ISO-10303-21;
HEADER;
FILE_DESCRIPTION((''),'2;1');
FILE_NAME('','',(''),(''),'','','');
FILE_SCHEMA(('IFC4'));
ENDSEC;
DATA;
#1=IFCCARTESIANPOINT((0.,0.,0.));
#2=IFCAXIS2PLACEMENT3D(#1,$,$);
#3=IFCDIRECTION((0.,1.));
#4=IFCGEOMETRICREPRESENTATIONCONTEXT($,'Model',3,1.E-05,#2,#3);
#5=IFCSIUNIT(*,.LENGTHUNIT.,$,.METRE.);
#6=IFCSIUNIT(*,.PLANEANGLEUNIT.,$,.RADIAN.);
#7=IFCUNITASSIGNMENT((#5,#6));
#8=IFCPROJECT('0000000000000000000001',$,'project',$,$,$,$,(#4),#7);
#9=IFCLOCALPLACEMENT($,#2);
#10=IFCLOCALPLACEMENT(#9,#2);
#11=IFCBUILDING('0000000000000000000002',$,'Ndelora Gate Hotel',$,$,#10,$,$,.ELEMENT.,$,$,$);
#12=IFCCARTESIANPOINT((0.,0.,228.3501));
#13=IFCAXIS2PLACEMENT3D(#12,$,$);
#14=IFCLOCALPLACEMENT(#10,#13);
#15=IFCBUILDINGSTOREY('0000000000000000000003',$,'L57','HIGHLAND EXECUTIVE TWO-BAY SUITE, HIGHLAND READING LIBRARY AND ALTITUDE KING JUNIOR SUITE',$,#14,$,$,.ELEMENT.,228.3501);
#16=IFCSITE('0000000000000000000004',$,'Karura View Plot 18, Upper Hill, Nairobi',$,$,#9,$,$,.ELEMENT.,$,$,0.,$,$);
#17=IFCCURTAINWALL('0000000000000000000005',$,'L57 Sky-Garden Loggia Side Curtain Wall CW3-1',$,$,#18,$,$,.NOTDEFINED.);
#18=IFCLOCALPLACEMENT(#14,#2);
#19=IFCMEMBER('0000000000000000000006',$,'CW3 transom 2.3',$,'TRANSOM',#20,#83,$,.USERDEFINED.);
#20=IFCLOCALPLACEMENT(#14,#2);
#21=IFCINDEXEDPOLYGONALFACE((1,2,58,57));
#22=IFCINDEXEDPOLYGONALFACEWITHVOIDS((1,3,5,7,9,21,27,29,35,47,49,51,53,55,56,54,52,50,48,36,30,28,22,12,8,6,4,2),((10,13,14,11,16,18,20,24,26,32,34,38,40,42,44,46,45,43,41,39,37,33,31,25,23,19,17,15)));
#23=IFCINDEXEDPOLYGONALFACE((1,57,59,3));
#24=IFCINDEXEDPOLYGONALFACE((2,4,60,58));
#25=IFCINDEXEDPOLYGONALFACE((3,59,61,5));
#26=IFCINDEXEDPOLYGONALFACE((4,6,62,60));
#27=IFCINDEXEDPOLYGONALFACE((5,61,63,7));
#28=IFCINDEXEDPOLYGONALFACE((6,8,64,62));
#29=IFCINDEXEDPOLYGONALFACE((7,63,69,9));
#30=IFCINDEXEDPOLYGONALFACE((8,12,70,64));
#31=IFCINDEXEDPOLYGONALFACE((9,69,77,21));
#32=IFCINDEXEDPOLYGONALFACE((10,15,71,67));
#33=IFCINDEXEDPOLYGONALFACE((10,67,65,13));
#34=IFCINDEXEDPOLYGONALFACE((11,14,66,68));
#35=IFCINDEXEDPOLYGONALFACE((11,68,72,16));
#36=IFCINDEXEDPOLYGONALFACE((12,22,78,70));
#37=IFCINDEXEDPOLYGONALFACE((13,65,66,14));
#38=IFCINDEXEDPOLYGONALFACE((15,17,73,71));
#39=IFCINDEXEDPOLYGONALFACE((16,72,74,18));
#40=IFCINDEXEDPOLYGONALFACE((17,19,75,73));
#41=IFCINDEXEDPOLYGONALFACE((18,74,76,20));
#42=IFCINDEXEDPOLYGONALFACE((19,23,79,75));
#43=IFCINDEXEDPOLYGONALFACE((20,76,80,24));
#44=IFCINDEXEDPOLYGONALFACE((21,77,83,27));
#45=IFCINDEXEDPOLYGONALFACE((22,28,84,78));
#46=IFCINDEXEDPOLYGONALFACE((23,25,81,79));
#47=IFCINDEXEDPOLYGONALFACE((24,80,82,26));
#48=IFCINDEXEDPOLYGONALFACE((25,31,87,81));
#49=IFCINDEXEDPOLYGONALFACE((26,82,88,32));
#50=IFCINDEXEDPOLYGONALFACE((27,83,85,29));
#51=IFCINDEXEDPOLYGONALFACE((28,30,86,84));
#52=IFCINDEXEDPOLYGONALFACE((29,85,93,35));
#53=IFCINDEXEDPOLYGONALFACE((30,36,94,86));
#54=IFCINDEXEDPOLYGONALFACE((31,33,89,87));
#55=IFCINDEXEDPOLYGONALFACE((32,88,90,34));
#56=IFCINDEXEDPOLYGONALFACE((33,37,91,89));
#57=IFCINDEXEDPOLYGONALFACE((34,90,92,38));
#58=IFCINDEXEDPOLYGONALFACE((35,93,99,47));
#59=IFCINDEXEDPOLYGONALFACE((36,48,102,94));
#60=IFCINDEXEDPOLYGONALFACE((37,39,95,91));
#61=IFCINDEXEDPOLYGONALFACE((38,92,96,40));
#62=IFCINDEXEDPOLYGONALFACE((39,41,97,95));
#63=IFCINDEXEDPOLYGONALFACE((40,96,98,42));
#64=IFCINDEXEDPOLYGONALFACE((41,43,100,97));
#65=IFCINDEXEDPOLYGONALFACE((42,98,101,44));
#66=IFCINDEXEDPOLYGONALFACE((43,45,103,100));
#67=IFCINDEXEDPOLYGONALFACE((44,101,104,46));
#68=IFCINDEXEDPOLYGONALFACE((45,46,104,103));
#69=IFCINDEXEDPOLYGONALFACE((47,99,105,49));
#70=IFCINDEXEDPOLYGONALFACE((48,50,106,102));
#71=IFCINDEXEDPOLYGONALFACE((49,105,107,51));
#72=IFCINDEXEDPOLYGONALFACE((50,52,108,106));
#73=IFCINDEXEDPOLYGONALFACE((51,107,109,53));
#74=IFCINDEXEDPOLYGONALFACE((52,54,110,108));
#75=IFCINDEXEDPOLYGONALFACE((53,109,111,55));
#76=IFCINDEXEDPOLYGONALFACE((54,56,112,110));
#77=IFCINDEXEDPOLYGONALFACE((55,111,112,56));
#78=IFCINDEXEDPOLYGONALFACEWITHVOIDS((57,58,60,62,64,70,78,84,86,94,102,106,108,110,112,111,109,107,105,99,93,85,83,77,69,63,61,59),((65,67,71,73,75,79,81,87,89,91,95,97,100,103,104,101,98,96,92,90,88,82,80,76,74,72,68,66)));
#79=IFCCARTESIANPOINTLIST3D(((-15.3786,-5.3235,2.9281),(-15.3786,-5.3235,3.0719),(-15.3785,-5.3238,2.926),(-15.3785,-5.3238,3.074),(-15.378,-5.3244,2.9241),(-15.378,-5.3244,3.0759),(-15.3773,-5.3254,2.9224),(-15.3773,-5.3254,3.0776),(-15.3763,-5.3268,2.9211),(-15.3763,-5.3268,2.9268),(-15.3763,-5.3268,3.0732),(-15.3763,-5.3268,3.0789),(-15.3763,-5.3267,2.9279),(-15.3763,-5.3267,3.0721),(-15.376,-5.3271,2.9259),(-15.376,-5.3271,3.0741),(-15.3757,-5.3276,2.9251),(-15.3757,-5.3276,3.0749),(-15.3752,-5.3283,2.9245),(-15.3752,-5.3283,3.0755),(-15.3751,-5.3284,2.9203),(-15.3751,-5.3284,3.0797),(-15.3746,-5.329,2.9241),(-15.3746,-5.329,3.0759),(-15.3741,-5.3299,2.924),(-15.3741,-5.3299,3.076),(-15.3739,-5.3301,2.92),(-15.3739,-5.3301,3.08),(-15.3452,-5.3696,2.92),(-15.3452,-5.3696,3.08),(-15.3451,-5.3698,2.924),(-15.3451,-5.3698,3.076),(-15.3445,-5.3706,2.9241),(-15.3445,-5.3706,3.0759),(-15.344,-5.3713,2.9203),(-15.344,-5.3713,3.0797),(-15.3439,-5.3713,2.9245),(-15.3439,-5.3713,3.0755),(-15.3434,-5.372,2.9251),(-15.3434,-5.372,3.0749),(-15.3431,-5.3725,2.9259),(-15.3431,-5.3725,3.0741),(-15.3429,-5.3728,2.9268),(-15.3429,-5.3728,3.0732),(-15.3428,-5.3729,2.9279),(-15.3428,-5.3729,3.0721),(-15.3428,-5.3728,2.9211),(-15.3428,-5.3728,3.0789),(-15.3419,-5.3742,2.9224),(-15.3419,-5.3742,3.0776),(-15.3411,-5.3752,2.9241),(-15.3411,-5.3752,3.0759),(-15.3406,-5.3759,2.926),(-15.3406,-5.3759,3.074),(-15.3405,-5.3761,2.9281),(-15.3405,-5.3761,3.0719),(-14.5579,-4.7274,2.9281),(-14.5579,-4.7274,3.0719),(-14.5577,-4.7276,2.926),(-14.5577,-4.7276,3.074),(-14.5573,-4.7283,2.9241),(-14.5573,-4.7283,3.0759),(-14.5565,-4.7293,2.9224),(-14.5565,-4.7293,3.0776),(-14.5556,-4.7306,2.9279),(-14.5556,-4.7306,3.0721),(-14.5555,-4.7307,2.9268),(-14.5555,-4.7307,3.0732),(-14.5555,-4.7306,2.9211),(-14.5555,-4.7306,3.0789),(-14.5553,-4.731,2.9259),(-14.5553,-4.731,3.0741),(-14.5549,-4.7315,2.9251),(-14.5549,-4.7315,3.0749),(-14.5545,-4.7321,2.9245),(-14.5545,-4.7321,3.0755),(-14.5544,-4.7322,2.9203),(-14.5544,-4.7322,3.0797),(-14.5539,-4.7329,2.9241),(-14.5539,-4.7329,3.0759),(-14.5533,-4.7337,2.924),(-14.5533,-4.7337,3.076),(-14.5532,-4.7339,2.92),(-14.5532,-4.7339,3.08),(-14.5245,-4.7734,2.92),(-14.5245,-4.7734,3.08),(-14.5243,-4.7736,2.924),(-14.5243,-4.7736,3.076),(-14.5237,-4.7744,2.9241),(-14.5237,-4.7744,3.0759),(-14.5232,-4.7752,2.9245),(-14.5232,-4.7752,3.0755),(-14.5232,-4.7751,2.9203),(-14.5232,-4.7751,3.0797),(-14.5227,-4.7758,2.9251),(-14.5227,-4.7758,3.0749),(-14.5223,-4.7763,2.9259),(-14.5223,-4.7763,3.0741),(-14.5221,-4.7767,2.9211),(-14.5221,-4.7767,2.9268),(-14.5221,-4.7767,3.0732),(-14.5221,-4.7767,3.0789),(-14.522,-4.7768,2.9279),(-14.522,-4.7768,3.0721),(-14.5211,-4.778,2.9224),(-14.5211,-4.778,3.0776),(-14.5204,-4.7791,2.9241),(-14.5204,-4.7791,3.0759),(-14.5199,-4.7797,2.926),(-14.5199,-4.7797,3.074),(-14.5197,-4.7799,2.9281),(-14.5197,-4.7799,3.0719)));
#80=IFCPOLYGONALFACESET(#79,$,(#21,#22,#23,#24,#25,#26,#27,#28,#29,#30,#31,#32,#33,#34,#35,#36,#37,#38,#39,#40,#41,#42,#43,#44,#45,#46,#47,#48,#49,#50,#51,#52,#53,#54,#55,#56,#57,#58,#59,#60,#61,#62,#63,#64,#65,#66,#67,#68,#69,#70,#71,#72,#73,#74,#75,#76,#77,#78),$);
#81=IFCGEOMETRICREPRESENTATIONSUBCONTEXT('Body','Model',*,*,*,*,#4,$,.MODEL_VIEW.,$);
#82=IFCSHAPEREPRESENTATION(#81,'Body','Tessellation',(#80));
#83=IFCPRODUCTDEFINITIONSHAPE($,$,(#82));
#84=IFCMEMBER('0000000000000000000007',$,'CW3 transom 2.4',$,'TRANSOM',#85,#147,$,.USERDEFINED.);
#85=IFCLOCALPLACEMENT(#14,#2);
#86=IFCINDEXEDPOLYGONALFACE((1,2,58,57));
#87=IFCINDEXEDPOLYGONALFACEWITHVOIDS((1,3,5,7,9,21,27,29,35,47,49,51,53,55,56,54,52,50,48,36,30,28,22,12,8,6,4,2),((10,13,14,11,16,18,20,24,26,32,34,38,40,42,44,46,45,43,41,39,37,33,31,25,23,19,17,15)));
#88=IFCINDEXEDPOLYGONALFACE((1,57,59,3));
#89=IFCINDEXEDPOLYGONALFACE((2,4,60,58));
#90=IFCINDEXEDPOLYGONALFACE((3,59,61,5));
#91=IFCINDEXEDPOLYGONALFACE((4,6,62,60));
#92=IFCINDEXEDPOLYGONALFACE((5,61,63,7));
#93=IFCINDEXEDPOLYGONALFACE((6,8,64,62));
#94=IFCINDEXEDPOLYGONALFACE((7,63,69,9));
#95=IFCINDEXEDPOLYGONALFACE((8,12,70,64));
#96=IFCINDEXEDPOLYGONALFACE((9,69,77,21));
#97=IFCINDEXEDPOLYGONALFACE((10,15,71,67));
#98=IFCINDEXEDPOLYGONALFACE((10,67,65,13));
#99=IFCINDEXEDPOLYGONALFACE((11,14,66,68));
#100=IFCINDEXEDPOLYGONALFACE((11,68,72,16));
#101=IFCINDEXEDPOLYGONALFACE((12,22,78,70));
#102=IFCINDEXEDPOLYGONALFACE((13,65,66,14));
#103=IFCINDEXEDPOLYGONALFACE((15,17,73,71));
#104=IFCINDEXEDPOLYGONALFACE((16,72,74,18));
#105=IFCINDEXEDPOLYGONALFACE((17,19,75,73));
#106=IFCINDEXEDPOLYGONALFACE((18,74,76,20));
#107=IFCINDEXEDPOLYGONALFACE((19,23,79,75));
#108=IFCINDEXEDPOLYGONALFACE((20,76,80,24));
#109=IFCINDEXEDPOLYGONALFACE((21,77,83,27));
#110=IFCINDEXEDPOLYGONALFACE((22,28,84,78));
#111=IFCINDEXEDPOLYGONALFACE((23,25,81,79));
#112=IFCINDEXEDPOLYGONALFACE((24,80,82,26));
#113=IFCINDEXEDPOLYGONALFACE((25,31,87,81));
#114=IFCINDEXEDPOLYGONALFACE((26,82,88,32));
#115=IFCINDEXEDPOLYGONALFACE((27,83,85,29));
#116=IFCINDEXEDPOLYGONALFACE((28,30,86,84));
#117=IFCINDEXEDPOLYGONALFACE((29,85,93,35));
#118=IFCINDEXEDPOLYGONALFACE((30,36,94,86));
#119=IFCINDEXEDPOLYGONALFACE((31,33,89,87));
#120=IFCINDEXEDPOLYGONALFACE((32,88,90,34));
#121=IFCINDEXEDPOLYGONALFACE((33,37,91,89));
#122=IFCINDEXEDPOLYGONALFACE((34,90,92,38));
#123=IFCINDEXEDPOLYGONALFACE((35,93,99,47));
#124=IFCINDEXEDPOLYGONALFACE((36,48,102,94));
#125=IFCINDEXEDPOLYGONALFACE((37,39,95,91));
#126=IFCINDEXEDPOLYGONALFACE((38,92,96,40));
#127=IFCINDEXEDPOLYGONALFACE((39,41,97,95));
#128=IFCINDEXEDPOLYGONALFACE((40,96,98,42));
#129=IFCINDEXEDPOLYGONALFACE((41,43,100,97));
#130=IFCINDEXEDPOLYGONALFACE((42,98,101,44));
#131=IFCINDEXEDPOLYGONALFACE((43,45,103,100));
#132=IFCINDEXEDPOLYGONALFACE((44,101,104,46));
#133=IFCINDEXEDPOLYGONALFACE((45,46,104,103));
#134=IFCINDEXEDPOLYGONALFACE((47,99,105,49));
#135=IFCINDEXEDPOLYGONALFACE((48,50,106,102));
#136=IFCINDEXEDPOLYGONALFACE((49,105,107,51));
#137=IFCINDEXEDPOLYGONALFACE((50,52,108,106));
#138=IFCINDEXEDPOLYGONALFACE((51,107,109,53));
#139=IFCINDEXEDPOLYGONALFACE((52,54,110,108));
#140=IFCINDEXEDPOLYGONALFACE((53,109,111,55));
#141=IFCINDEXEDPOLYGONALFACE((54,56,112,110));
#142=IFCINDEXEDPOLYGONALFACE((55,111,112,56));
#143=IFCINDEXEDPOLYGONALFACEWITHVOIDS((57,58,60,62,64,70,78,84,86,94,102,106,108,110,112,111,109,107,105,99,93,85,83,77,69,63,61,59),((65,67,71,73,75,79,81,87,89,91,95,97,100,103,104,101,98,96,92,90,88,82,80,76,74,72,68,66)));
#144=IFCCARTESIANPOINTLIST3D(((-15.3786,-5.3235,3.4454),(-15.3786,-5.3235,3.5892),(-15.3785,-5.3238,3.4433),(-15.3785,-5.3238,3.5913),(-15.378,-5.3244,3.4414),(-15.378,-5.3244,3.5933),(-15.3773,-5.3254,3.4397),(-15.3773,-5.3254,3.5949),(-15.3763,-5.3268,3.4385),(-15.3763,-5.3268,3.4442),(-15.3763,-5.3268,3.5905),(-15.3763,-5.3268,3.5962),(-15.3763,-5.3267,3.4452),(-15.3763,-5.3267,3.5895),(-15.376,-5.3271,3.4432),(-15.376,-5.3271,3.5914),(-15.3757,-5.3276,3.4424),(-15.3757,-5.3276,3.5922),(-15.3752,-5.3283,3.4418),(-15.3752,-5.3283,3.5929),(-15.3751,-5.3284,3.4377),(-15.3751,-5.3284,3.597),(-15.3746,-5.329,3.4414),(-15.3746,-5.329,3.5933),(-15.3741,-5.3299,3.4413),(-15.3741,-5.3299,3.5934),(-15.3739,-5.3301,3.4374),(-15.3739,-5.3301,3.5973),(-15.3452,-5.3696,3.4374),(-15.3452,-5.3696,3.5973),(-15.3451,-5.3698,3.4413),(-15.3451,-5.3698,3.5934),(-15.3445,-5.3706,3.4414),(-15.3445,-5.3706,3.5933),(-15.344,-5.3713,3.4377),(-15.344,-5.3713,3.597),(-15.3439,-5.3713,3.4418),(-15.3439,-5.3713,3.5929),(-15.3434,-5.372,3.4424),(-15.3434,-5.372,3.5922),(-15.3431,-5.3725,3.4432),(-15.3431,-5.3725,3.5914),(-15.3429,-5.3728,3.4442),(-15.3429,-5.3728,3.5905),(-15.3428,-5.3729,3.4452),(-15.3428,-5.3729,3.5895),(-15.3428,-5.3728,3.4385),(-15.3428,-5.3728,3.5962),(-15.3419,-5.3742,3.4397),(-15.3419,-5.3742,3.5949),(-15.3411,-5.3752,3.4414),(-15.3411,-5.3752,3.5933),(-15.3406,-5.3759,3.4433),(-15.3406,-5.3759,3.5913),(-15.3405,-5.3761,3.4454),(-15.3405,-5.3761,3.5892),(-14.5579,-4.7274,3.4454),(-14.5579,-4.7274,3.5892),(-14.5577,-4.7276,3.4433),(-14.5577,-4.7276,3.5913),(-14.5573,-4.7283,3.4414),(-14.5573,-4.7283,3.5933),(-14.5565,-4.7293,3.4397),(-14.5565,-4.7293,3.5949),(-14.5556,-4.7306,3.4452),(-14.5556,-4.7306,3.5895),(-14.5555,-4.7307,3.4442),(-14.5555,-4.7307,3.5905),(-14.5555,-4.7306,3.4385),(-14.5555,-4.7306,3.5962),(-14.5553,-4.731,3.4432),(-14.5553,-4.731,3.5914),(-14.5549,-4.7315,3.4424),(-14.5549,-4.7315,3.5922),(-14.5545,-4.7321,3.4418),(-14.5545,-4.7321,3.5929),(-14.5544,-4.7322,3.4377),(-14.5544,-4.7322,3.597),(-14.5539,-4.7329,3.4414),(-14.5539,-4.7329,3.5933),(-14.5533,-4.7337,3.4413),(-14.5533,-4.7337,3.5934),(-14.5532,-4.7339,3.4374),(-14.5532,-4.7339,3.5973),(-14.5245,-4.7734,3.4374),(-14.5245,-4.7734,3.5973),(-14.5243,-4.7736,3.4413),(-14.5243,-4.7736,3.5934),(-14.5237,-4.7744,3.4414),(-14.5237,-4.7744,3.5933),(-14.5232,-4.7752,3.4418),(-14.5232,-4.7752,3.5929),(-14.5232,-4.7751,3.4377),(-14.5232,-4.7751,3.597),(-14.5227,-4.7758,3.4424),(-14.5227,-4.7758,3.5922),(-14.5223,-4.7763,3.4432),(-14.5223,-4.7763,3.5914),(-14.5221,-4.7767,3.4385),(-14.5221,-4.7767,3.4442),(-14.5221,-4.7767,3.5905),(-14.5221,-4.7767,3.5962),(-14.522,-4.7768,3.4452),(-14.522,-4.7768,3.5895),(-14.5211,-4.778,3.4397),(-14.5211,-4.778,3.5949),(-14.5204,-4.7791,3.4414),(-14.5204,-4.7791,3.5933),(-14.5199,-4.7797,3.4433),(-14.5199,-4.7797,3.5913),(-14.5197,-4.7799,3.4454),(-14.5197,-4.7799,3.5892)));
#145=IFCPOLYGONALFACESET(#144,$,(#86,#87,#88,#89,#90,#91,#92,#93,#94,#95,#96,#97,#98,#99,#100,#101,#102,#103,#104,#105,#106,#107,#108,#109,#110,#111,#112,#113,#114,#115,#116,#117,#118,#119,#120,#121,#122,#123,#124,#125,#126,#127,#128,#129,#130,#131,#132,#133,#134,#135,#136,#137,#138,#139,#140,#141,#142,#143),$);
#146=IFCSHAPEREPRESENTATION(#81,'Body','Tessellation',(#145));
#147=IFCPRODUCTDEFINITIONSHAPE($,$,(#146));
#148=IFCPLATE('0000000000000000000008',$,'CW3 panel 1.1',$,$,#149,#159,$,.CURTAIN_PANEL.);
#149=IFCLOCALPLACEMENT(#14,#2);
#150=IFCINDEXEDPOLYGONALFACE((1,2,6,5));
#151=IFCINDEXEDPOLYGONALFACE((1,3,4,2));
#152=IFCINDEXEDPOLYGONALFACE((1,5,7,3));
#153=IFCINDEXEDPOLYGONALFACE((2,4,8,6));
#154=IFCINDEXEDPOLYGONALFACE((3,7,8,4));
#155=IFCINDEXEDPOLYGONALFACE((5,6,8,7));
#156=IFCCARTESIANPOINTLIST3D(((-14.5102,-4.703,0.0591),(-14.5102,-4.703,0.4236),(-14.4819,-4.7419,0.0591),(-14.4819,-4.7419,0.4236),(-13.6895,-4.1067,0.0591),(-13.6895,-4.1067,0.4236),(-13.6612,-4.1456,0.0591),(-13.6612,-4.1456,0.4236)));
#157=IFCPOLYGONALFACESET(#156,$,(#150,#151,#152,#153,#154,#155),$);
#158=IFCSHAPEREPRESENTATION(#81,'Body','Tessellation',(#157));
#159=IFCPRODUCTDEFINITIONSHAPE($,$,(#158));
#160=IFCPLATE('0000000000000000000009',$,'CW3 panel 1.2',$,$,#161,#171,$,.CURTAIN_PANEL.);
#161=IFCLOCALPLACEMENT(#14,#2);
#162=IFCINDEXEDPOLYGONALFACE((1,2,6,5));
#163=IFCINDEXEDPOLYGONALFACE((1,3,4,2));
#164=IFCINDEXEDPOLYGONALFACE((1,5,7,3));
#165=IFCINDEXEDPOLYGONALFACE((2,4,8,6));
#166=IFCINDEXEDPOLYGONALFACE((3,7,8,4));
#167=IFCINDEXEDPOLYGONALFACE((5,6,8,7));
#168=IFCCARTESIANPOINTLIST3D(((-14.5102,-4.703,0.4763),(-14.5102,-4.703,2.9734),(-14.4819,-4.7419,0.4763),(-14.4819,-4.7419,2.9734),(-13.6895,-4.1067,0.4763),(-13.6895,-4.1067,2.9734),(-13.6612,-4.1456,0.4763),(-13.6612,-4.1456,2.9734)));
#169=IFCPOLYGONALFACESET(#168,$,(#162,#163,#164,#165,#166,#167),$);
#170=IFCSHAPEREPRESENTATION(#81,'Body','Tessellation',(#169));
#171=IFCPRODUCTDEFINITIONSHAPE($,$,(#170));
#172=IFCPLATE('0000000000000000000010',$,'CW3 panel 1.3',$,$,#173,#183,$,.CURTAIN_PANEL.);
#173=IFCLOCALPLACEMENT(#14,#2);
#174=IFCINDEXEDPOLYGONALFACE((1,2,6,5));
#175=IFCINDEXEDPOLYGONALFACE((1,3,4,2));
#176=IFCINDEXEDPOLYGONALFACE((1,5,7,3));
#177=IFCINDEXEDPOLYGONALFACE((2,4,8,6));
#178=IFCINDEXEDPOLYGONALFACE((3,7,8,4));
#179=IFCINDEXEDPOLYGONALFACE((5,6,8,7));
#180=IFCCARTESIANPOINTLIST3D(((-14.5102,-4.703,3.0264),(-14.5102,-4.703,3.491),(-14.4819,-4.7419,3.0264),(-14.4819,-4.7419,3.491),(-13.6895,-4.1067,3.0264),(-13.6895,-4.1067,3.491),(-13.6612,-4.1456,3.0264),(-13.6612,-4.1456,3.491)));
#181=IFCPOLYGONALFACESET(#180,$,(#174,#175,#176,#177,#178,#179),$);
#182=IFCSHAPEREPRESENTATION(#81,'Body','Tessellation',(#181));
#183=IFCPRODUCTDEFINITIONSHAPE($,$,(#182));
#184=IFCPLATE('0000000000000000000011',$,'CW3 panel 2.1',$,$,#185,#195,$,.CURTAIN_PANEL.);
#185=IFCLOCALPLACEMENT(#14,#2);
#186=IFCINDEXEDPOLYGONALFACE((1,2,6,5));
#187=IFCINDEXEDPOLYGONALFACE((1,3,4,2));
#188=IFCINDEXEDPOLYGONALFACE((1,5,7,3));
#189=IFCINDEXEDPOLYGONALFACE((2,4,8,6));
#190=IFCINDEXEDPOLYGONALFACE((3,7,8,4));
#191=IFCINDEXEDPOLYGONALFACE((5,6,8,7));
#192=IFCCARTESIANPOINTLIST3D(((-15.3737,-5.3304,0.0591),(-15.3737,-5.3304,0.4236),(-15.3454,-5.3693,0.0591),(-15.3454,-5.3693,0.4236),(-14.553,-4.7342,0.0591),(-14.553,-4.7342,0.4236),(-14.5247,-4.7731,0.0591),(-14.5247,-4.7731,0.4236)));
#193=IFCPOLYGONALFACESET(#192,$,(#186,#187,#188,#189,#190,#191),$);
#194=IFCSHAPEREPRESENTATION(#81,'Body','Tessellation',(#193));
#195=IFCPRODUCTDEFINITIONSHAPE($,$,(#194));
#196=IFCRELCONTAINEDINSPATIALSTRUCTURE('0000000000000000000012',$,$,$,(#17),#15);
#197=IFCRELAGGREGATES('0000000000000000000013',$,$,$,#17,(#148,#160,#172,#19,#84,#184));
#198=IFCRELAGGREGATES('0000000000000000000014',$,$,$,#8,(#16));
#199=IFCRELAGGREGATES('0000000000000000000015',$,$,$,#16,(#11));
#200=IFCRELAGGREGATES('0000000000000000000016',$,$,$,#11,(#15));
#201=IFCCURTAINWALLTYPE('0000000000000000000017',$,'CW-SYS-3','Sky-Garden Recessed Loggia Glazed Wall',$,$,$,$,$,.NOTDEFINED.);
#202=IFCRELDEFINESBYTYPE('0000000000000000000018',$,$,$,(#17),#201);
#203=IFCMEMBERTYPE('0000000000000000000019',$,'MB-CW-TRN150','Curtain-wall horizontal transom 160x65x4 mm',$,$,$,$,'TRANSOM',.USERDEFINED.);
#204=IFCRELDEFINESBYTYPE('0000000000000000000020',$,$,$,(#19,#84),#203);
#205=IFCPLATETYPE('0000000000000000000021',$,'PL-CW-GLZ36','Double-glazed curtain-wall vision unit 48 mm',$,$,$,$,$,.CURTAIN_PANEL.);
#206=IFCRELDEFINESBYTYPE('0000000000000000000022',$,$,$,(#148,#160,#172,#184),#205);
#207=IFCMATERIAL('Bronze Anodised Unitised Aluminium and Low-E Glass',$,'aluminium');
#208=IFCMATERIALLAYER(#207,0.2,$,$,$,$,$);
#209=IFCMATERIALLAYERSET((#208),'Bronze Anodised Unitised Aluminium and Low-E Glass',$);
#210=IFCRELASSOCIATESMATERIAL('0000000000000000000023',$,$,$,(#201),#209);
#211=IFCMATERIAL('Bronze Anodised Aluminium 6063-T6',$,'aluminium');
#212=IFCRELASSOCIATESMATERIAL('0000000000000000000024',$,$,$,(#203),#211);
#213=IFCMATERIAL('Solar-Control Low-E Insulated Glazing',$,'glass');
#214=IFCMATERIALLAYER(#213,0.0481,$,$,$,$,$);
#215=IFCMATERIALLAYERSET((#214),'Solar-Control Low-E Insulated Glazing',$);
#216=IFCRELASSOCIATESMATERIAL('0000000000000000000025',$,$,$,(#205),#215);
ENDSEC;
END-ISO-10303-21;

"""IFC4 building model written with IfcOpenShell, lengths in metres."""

from ifc_helpers import new_model, si_unit, direction, frame, origin, origin_2d, place, context, subcontext, project, spatial, rectangle, hollow_rectangle, extrude, material, layer, layer_set, material_profile, profile_set, type_object, element, aggregate, save


model = new_model("IFC4")

# Units and contexts
model_context = context("Model", 3, precision=1e-05, world=origin(), true_north=direction((0.0, 1.0)))
body_context = subcontext(model_context, "Body", "Model", "MODEL_VIEW")
ifc_project = project(units=[si_unit("LENGTHUNIT", "METRE"), si_unit("PLANEANGLEUNIT", "RADIAN")], contexts=[model_context])

# Site, building, storey
site_placement = place(None, origin())
site = spatial("IfcSite", under=ifc_project, at=site_placement, Name="Karura View Plot 18, Upper Hill, Nairobi", CompositionType="ELEMENT", RefElevation=0.0)
building_placement = place(site_placement, origin())
building = spatial("IfcBuilding", under=site, at=building_placement, Name="Ndelora Gate Hotel", CompositionType="ELEMENT")
storey_placement = place(building_placement, frame((0.0, 0.0, 228.3501)))
storey = spatial("IfcBuildingStorey", under=building, at=storey_placement, Name="L57", Description="HIGHLAND EXECUTIVE TWO-BAY SUITE, HIGHLAND READING LIBRARY AND ALTITUDE KING JUNIOR SUITE", CompositionType="ELEMENT", Elevation=228.3501)

# Curtain wall, members, plates
ifc_material_1 = material(Name="Bronze Anodised Unitised Aluminium and Low-E Glass", Category="aluminium")
ifc_layer_1 = layer(ifc_material_1, 0.2)
ifc_layer_set_1 = layer_set([ifc_layer_1], Name="Bronze Anodised Unitised Aluminium and Low-E Glass")
curtain_wall_type = type_object("IfcCurtainWallType", Name="CW-SYS-3", Description="Sky-Garden Recessed Loggia Glazed Wall", PredefinedType="NOTDEFINED", material=ifc_layer_set_1)
curtain_wall_placement = place(storey_placement, origin())
curtain_wall = element("IfcCurtainWall", 1, at=curtain_wall_placement, inside=storey, type_object=curtain_wall_type, Name="L57 Sky-Garden Loggia Side Curtain Wall CW3-1", PredefinedType="NOTDEFINED")
ifc_material_2 = material(Name="Bronze Anodised Aluminium 6063-T6", Category="aluminium")
ifc_material_profile_1 = material_profile(ifc_material_2, hollow_rectangle(XDim=0.0649, YDim=0.1599, WallThickness=0.0039, InnerFilletRadius=0.0039, OuterFilletRadius=0.0081, at=origin_2d()), Name="ALU 160x65x4")
ifc_profile_set_1 = profile_set([ifc_material_profile_1], Name="Bronze Anodised Aluminium 6063-T6")
member_type_1 = type_object("IfcMemberType", Name="MB-CW-TRN150", Description="Curtain-wall horizontal transom 160x65x4 mm", ElementType="TRANSOM", PredefinedType="USERDEFINED", material=ifc_profile_set_1)
member_1_placement = place(storey_placement, frame((-14.5388, -4.7537, 3.0), z_axis=(-0.80909, -0.587685, 0.0), x_axis=(0.587685, -0.80909, 0.0)))
member_1 = element("IfcMember", 2, at=member_1_placement, type_object=member_type_1, Name="CW3 transom 2.3", ObjectType="TRANSOM", PredefinedType="USERDEFINED", context=body_context, shape_type="SweptSolid", body=[
    extrude(hollow_rectangle(XDim=0.0649, YDim=0.1599, WallThickness=0.0039, InnerFilletRadius=0.0039, OuterFilletRadius=0.0081, at=origin_2d()), origin(), (0.0, 0.0, 1.0), 1.0144),
])
member_2_placement = place(storey_placement, frame((-14.5388, -4.7537, 3.5173), z_axis=(-0.80909, -0.587685, 0.0), x_axis=(0.587685, -0.80909, 0.0)))
member_2 = element("IfcMember", 3, at=member_2_placement, type_object=member_type_1, Name="CW3 transom 2.4", ObjectType="TRANSOM", PredefinedType="USERDEFINED", context=body_context, shape_type="SweptSolid", body=[
    extrude(hollow_rectangle(XDim=0.0649, YDim=0.1599, WallThickness=0.0039, InnerFilletRadius=0.0039, OuterFilletRadius=0.0081, at=origin_2d()), origin(), (0.0, 0.0, 1.0), 1.0144),
])
ifc_material_3 = material(Name="Solar-Control Low-E Insulated Glazing", Category="glass")
ifc_layer_2 = layer(ifc_material_3, 0.0481)
ifc_layer_set_2 = layer_set([ifc_layer_2], Name="Solar-Control Low-E Insulated Glazing")
plate_type = type_object("IfcPlateType", Name="PL-CW-GLZ36", Description="Double-glazed curtain-wall vision unit 48 mm", PredefinedType="CURTAIN_PANEL", material=ifc_layer_set_2)
plate_1_placement = place(storey_placement, frame((-14.0857, -4.4243, 0.0591), z_axis=(0.0, 0.0, 1.0), x_axis=(-0.809017, -0.587785, 0.0)))
plate_1 = element("IfcPlate", 4, at=plate_1_placement, type_object=plate_type, Name="CW3 panel 1.1", PredefinedType="CURTAIN_PANEL", context=body_context, shape_type="SweptSolid", body=[
    extrude(rectangle(XDim=1.0144, YDim=0.0481, at=origin_2d()), origin(), (0.0, 0.0, 1.0), 0.3645),
])
plate_2_placement = place(storey_placement, frame((-14.0857, -4.4243, 0.4763), z_axis=(0.0, 0.0, 1.0), x_axis=(-0.809017, -0.587785, 0.0)))
plate_2 = element("IfcPlate", 5, at=plate_2_placement, type_object=plate_type, Name="CW3 panel 1.2", PredefinedType="CURTAIN_PANEL", context=body_context, shape_type="SweptSolid", body=[
    extrude(rectangle(XDim=1.0144, YDim=0.0481, at=origin_2d()), origin(), (0.0, 0.0, 1.0), 2.4971),
])
plate_3_placement = place(storey_placement, frame((-14.0857, -4.4243, 3.0264), z_axis=(0.0, 0.0, 1.0), x_axis=(-0.809017, -0.587785, 0.0)))
plate_3 = element("IfcPlate", 6, at=plate_3_placement, type_object=plate_type, Name="CW3 panel 1.3", PredefinedType="CURTAIN_PANEL", context=body_context, shape_type="SweptSolid", body=[
    extrude(rectangle(XDim=1.0144, YDim=0.0481, at=origin_2d()), origin(), (0.0, 0.0, 1.0), 0.4646),
])
plate_4_placement = place(storey_placement, frame((-14.9492, -5.0518, 0.0591), z_axis=(0.0, 0.0, 1.0), x_axis=(-0.809017, -0.587785, 0.0)))
plate_4 = element("IfcPlate", 7, at=plate_4_placement, type_object=plate_type, Name="CW3 panel 2.1", PredefinedType="CURTAIN_PANEL", context=body_context, shape_type="SweptSolid", body=[
    extrude(rectangle(XDim=1.0144, YDim=0.0481, at=origin_2d()), origin(), (0.0, 0.0, 1.0), 0.3645),
])
aggregate(curtain_wall, [plate_1, plate_2, plate_3, member_1, member_2, plate_4])

save(model, "model.ifc")
